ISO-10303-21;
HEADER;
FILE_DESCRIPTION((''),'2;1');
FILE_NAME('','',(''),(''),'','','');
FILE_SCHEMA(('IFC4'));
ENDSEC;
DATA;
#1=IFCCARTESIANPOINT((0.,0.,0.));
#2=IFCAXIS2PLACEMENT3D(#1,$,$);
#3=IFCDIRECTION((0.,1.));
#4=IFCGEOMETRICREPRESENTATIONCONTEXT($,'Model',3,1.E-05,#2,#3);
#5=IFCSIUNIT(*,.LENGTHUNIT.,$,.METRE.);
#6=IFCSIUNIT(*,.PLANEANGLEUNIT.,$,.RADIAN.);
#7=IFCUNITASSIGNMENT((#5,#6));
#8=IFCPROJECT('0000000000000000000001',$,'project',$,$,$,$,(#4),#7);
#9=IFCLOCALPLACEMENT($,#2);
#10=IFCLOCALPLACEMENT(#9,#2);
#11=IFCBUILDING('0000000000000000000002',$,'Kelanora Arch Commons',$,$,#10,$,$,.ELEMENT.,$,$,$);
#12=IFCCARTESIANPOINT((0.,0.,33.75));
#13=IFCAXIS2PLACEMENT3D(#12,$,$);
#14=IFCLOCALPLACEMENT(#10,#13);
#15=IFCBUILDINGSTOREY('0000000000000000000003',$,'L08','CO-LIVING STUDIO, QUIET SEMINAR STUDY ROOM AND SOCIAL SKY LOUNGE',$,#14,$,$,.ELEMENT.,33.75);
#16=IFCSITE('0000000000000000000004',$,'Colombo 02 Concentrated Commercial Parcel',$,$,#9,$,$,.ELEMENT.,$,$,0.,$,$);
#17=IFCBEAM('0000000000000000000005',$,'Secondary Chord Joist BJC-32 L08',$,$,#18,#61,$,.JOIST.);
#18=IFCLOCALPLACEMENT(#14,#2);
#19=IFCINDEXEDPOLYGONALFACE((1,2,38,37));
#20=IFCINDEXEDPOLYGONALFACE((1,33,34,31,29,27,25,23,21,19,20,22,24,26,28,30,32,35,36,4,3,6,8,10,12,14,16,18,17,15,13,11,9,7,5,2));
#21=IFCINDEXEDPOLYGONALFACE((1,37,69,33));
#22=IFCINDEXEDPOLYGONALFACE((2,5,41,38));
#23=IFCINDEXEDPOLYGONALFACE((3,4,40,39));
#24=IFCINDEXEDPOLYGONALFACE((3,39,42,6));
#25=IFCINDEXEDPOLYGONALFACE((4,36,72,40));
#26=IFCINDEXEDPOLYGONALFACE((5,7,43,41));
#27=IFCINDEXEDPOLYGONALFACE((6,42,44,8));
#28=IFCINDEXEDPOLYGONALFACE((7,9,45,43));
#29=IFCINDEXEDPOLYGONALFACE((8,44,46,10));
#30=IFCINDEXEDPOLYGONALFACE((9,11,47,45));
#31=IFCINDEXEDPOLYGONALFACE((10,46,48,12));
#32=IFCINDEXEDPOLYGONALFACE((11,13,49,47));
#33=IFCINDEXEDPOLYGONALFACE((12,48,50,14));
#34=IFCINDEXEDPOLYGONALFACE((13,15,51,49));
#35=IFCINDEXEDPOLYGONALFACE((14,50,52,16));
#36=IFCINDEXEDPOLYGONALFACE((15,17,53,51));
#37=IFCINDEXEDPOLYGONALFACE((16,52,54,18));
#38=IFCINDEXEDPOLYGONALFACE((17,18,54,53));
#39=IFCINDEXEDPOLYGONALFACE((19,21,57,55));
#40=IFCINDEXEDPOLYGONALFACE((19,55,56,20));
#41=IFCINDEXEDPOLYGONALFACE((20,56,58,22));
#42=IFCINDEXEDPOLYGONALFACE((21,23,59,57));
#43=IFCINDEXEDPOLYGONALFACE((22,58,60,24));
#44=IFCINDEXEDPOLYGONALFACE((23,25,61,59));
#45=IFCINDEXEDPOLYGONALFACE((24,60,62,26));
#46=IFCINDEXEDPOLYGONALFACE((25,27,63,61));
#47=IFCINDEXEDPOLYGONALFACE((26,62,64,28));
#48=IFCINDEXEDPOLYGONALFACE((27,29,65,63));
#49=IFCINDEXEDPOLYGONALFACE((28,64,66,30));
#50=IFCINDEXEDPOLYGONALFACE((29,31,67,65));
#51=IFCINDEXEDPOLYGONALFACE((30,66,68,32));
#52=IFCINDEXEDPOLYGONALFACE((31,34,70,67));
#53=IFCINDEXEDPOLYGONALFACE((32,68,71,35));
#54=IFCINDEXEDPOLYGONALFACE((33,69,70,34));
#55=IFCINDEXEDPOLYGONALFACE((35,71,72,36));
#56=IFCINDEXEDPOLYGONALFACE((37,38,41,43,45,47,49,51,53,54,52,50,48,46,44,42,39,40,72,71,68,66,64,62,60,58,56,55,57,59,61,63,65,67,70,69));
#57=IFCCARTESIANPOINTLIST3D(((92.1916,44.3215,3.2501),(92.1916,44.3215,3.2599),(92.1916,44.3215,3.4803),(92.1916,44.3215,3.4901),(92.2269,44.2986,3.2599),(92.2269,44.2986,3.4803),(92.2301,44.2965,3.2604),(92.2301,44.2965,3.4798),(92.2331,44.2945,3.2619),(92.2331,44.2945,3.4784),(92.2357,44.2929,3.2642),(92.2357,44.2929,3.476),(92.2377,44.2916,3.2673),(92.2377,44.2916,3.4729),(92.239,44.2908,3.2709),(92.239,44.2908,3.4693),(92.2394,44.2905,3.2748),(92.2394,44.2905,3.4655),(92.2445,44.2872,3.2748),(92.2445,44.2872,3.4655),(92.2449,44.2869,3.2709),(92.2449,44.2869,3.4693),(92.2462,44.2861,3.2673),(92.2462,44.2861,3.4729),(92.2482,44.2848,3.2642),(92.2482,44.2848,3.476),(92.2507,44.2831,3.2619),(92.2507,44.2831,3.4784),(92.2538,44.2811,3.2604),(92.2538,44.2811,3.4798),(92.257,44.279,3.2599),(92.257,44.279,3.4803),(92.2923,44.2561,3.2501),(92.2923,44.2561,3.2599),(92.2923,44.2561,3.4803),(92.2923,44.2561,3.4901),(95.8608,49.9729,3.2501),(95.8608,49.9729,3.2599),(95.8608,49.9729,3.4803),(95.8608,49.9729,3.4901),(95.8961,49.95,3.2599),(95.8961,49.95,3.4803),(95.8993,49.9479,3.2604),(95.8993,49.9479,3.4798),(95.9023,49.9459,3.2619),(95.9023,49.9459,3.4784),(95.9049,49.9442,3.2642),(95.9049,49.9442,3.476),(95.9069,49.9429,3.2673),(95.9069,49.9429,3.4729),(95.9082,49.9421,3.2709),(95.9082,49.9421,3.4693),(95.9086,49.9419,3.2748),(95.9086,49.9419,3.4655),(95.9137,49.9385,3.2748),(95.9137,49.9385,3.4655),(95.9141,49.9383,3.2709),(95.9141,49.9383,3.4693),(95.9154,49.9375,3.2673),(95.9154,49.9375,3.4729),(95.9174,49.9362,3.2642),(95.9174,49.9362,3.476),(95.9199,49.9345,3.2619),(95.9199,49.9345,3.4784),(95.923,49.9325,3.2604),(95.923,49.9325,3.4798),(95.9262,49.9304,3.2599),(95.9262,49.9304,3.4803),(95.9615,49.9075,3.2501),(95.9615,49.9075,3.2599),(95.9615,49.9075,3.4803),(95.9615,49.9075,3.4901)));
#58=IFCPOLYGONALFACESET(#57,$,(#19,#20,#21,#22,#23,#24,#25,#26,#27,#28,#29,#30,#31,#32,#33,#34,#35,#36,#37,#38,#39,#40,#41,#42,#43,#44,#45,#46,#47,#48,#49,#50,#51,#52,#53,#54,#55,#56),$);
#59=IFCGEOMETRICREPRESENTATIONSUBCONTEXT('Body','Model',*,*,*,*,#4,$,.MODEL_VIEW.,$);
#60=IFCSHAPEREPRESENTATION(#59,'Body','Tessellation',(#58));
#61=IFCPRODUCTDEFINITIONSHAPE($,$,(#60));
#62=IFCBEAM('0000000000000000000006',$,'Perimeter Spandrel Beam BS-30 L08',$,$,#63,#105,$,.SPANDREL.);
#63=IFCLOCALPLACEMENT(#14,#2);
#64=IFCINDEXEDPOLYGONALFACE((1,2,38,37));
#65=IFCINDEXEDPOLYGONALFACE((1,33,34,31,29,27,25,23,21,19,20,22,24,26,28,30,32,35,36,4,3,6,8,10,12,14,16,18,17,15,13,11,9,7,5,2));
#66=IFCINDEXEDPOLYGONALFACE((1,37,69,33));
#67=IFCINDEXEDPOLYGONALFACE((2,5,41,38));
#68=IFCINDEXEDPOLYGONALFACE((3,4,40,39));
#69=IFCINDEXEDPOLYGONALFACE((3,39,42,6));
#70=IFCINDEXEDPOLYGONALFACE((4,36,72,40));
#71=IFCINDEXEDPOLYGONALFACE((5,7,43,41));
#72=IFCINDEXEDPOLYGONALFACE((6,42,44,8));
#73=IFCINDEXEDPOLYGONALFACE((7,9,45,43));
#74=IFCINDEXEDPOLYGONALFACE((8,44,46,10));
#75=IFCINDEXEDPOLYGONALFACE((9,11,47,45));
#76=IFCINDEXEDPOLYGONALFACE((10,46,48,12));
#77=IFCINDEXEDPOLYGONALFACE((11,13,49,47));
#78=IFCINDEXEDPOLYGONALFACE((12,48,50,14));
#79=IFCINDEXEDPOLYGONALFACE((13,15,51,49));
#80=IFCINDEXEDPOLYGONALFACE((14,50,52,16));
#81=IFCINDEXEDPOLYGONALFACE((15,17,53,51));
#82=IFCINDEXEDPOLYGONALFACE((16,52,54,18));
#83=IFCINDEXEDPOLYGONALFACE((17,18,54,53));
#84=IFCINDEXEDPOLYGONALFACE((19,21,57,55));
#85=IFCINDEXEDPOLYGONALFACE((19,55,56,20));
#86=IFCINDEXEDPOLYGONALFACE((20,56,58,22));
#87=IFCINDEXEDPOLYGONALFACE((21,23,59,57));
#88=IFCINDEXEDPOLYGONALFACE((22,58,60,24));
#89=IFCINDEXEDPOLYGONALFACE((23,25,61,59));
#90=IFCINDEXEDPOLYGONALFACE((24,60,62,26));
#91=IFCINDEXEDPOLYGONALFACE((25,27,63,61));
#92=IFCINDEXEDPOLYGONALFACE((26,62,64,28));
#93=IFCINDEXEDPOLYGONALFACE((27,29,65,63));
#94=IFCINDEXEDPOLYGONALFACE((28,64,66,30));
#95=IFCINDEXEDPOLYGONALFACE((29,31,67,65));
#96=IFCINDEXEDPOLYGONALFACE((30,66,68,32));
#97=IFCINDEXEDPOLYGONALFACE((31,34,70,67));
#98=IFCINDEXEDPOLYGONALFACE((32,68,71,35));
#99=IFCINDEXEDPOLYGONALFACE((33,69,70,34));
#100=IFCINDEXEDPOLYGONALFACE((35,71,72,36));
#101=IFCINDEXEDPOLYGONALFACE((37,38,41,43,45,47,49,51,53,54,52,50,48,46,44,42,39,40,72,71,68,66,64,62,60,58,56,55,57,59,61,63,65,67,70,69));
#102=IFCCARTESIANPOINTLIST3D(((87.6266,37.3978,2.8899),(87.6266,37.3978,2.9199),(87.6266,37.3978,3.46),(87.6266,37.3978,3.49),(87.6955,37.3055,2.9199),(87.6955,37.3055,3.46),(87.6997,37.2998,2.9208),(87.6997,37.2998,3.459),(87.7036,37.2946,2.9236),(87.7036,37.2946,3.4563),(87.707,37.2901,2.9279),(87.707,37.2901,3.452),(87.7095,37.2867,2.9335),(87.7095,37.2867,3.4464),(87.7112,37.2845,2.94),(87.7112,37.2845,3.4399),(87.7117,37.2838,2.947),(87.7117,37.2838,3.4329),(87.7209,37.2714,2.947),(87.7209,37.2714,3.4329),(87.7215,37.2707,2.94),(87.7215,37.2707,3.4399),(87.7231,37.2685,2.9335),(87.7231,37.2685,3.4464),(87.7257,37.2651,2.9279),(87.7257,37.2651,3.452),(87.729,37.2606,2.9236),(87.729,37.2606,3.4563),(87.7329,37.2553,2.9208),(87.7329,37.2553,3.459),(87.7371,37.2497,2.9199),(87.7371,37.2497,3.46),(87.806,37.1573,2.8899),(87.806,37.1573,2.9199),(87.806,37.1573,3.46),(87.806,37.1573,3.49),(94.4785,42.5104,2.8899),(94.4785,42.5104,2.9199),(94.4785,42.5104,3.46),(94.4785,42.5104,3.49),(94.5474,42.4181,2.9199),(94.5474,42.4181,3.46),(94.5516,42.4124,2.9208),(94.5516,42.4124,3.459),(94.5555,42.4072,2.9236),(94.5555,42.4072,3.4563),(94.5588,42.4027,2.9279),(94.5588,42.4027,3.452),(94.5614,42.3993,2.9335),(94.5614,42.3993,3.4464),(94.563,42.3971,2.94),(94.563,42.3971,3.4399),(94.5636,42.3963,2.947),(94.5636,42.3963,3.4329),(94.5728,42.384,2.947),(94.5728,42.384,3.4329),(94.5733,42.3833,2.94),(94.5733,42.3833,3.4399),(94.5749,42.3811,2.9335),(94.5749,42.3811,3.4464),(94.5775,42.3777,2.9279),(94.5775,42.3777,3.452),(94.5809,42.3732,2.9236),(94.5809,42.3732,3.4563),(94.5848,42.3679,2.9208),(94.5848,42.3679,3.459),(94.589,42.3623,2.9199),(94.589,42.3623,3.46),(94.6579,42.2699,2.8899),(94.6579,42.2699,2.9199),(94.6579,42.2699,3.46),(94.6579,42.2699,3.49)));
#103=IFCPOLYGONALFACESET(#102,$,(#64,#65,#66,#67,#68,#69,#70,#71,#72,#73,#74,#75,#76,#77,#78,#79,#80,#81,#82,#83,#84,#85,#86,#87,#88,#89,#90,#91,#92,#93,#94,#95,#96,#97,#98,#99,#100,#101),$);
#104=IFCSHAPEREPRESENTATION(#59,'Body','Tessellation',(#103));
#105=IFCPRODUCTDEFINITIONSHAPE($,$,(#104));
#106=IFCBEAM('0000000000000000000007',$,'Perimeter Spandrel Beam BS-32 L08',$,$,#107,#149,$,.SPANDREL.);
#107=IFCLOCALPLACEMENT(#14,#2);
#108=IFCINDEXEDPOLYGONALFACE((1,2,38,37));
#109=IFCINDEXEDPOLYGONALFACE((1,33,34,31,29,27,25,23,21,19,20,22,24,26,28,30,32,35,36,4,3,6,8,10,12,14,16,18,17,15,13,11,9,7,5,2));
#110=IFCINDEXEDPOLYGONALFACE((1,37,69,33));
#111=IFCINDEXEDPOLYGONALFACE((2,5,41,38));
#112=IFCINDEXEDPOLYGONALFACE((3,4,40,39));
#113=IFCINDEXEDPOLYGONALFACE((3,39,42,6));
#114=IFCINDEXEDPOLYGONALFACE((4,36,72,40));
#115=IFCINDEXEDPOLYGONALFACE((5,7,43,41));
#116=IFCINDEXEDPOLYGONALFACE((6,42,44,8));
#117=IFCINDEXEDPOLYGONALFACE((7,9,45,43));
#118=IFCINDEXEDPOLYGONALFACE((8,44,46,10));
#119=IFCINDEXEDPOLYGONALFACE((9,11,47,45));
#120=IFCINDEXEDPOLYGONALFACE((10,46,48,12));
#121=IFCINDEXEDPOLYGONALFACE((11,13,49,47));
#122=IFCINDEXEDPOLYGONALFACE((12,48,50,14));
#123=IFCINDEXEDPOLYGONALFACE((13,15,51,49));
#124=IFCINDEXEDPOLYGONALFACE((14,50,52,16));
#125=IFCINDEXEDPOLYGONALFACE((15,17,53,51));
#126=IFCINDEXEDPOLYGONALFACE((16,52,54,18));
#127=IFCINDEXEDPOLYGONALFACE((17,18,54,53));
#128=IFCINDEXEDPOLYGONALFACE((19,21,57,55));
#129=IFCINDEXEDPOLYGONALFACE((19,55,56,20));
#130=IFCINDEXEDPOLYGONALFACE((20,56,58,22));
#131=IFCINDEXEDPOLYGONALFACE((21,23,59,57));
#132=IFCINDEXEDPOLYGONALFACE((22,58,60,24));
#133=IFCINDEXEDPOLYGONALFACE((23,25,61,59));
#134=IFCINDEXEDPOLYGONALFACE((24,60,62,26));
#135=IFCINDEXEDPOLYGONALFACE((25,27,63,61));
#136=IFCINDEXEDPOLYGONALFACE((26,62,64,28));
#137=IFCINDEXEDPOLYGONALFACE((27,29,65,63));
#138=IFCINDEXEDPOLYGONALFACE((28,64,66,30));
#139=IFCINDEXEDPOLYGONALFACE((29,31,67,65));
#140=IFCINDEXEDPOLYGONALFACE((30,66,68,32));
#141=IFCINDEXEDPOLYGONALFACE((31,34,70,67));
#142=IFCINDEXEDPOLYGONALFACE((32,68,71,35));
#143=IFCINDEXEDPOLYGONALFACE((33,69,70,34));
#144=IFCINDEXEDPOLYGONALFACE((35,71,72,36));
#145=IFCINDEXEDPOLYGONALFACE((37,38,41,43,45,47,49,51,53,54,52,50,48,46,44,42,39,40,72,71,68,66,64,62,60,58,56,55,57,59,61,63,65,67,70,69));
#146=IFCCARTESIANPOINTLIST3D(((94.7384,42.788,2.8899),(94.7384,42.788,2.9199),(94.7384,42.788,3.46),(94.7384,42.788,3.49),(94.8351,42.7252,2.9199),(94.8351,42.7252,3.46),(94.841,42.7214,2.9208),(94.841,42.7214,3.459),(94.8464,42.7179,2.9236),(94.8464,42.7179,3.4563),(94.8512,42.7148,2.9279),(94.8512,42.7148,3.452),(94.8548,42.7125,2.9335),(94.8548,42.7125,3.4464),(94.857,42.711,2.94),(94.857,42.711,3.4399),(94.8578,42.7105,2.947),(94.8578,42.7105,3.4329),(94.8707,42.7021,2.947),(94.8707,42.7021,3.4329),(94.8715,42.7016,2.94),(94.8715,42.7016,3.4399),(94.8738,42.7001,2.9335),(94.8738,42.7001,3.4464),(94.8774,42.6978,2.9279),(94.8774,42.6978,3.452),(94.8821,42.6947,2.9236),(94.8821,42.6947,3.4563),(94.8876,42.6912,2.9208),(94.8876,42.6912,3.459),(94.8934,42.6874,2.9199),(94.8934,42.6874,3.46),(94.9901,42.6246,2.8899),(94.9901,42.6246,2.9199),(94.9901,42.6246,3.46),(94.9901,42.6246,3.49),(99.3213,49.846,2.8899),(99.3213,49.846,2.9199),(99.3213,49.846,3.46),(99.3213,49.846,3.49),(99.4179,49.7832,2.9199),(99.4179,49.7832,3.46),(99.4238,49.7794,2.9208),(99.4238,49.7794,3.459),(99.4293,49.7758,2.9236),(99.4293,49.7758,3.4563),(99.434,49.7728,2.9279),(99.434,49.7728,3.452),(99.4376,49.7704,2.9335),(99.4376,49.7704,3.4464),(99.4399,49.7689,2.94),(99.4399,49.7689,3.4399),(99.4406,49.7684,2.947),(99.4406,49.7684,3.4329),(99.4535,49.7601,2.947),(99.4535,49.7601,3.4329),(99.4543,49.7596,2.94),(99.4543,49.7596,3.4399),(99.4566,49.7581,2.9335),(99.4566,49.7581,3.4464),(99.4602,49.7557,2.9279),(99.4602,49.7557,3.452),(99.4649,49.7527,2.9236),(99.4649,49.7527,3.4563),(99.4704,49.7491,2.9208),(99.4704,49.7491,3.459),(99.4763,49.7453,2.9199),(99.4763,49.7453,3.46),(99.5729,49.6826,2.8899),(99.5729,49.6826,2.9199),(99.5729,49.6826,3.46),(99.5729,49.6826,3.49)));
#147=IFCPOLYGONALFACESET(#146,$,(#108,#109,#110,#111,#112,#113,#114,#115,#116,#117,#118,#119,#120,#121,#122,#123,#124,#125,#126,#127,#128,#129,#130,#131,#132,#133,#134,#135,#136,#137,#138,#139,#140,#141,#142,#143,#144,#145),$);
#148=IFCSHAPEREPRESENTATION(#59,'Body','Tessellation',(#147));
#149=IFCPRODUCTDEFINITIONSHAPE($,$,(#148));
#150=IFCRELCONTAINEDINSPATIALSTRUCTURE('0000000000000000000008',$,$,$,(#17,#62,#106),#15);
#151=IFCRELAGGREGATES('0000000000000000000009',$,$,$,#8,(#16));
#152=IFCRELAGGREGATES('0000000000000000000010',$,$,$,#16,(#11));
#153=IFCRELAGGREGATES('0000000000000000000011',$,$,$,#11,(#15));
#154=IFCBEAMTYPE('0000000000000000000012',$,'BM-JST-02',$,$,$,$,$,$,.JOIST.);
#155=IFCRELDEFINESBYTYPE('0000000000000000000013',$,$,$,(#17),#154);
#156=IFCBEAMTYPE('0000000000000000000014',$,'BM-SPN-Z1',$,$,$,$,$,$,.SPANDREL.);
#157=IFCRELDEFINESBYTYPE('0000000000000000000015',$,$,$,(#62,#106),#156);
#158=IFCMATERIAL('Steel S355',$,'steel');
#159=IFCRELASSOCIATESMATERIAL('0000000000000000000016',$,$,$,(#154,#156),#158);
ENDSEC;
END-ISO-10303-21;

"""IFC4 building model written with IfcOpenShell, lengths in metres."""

from ifc_helpers import new_model, si_unit, direction, frame, origin, origin_2d, place, context, subcontext, project, spatial, i_section, extrude, material, material_profile, profile_set, type_object, element, save


model = new_model("IFC4")

# Units and contexts
model_context = context("Model", 3, precision=1e-05, world=origin(), true_north=direction((0.0, 1.0)))
body_context = subcontext(model_context, "Body", "Model", "MODEL_VIEW")
ifc_project = project(units=[si_unit("LENGTHUNIT", "METRE"), si_unit("PLANEANGLEUNIT", "RADIAN")], contexts=[model_context])

# Site, building, storey
site_placement = place(None, origin())
site = spatial("IfcSite", under=ifc_project, at=site_placement, Name="Colombo 02 Concentrated Commercial Parcel", CompositionType="ELEMENT", RefElevation=0.0)
building_placement = place(site_placement, origin())
building = spatial("IfcBuilding", under=site, at=building_placement, Name="Kelanora Arch Commons", CompositionType="ELEMENT")
storey_placement = place(building_placement, frame((0.0, 0.0, 33.75)))
storey = spatial("IfcBuildingStorey", under=building, at=storey_placement, Name="L08", Description="CO-LIVING STUDIO, QUIET SEMINAR STUDY ROOM AND SOCIAL SKY LOUNGE", CompositionType="ELEMENT", Elevation=33.75)

# Beams
ifc_material_1 = material(Name="Steel S355", Category="steel")
ifc_material_profile_1 = material_profile(ifc_material_1, i_section(OverallWidth=0.1201, OverallDepth=0.24, WebThickness=0.0061, FlangeThickness=0.0098, FilletRadius=0.0149, at=origin_2d()), Name="IPE240")
ifc_profile_set_1 = profile_set([ifc_material_profile_1], Name="Steel S355")
beam_type_1 = type_object("IfcBeamType", Name="BM-JST-02", PredefinedType="JOIST", material=ifc_profile_set_1)
beam_1_placement = place(storey_placement, frame((92.2419, 44.2888, 3.3701), z_axis=(0.54455, 0.838728, 0.0), x_axis=(-0.838728, 0.54455, 0.0)))
element("IfcBeam", 1, at=beam_1_placement, inside=storey, type_object=beam_type_1, Name="Secondary Chord Joist BJC-32 L08", PredefinedType="JOIST", context=body_context, shape_type="SweptSolid", body=[
    extrude(i_section(OverallWidth=0.1201, OverallDepth=0.24, WebThickness=0.0061, FlangeThickness=0.0098, FilletRadius=0.0149, at=origin_2d()), origin(), (0.0, 0.0, 1.0), 6.738),
])
ifc_material_profile_2 = material_profile(ifc_material_1, i_section(OverallWidth=0.3, OverallDepth=0.6001, WebThickness=0.0154, FlangeThickness=0.03, FilletRadius=0.0271, at=origin_2d()), Name="HEB600")
ifc_profile_set_2 = profile_set([ifc_material_profile_2], Name="Steel S355")
beam_type_2 = type_object("IfcBeamType", Name="BM-SPN-Z1", PredefinedType="SPANDREL", material=ifc_profile_set_2)
beam_2_placement = place(storey_placement, frame((87.7163, 37.2776, 3.1899), z_axis=(0.801475, 0.598029, 0.0), x_axis=(-0.598029, 0.801475, 0.0)))
element("IfcBeam", 2, at=beam_2_placement, inside=storey, type_object=beam_type_2, Name="Perimeter Spandrel Beam BS-30 L08", PredefinedType="SPANDREL", context=body_context, shape_type="SweptSolid", body=[
    extrude(i_section(OverallWidth=0.3, OverallDepth=0.6001, WebThickness=0.0154, FlangeThickness=0.03, FilletRadius=0.0271, at=origin_2d()), origin(), (0.0, 0.0, 1.0), 8.5491),
])
beam_3_placement = place(storey_placement, frame((94.8643, 42.7063, 3.1899), z_axis=(0.544583, 0.838707, 0.0), x_axis=(-0.838707, 0.544583, 0.0)))
element("IfcBeam", 3, at=beam_3_placement, inside=storey, type_object=beam_type_2, Name="Perimeter Spandrel Beam BS-32 L08", PredefinedType="SPANDREL", context=body_context, shape_type="SweptSolid", body=[
    extrude(i_section(OverallWidth=0.3, OverallDepth=0.6001, WebThickness=0.0154, FlangeThickness=0.03, FilletRadius=0.0271, at=origin_2d()), origin(), (0.0, 0.0, 1.0), 8.4153),
])

save(model, "model.ifc")
